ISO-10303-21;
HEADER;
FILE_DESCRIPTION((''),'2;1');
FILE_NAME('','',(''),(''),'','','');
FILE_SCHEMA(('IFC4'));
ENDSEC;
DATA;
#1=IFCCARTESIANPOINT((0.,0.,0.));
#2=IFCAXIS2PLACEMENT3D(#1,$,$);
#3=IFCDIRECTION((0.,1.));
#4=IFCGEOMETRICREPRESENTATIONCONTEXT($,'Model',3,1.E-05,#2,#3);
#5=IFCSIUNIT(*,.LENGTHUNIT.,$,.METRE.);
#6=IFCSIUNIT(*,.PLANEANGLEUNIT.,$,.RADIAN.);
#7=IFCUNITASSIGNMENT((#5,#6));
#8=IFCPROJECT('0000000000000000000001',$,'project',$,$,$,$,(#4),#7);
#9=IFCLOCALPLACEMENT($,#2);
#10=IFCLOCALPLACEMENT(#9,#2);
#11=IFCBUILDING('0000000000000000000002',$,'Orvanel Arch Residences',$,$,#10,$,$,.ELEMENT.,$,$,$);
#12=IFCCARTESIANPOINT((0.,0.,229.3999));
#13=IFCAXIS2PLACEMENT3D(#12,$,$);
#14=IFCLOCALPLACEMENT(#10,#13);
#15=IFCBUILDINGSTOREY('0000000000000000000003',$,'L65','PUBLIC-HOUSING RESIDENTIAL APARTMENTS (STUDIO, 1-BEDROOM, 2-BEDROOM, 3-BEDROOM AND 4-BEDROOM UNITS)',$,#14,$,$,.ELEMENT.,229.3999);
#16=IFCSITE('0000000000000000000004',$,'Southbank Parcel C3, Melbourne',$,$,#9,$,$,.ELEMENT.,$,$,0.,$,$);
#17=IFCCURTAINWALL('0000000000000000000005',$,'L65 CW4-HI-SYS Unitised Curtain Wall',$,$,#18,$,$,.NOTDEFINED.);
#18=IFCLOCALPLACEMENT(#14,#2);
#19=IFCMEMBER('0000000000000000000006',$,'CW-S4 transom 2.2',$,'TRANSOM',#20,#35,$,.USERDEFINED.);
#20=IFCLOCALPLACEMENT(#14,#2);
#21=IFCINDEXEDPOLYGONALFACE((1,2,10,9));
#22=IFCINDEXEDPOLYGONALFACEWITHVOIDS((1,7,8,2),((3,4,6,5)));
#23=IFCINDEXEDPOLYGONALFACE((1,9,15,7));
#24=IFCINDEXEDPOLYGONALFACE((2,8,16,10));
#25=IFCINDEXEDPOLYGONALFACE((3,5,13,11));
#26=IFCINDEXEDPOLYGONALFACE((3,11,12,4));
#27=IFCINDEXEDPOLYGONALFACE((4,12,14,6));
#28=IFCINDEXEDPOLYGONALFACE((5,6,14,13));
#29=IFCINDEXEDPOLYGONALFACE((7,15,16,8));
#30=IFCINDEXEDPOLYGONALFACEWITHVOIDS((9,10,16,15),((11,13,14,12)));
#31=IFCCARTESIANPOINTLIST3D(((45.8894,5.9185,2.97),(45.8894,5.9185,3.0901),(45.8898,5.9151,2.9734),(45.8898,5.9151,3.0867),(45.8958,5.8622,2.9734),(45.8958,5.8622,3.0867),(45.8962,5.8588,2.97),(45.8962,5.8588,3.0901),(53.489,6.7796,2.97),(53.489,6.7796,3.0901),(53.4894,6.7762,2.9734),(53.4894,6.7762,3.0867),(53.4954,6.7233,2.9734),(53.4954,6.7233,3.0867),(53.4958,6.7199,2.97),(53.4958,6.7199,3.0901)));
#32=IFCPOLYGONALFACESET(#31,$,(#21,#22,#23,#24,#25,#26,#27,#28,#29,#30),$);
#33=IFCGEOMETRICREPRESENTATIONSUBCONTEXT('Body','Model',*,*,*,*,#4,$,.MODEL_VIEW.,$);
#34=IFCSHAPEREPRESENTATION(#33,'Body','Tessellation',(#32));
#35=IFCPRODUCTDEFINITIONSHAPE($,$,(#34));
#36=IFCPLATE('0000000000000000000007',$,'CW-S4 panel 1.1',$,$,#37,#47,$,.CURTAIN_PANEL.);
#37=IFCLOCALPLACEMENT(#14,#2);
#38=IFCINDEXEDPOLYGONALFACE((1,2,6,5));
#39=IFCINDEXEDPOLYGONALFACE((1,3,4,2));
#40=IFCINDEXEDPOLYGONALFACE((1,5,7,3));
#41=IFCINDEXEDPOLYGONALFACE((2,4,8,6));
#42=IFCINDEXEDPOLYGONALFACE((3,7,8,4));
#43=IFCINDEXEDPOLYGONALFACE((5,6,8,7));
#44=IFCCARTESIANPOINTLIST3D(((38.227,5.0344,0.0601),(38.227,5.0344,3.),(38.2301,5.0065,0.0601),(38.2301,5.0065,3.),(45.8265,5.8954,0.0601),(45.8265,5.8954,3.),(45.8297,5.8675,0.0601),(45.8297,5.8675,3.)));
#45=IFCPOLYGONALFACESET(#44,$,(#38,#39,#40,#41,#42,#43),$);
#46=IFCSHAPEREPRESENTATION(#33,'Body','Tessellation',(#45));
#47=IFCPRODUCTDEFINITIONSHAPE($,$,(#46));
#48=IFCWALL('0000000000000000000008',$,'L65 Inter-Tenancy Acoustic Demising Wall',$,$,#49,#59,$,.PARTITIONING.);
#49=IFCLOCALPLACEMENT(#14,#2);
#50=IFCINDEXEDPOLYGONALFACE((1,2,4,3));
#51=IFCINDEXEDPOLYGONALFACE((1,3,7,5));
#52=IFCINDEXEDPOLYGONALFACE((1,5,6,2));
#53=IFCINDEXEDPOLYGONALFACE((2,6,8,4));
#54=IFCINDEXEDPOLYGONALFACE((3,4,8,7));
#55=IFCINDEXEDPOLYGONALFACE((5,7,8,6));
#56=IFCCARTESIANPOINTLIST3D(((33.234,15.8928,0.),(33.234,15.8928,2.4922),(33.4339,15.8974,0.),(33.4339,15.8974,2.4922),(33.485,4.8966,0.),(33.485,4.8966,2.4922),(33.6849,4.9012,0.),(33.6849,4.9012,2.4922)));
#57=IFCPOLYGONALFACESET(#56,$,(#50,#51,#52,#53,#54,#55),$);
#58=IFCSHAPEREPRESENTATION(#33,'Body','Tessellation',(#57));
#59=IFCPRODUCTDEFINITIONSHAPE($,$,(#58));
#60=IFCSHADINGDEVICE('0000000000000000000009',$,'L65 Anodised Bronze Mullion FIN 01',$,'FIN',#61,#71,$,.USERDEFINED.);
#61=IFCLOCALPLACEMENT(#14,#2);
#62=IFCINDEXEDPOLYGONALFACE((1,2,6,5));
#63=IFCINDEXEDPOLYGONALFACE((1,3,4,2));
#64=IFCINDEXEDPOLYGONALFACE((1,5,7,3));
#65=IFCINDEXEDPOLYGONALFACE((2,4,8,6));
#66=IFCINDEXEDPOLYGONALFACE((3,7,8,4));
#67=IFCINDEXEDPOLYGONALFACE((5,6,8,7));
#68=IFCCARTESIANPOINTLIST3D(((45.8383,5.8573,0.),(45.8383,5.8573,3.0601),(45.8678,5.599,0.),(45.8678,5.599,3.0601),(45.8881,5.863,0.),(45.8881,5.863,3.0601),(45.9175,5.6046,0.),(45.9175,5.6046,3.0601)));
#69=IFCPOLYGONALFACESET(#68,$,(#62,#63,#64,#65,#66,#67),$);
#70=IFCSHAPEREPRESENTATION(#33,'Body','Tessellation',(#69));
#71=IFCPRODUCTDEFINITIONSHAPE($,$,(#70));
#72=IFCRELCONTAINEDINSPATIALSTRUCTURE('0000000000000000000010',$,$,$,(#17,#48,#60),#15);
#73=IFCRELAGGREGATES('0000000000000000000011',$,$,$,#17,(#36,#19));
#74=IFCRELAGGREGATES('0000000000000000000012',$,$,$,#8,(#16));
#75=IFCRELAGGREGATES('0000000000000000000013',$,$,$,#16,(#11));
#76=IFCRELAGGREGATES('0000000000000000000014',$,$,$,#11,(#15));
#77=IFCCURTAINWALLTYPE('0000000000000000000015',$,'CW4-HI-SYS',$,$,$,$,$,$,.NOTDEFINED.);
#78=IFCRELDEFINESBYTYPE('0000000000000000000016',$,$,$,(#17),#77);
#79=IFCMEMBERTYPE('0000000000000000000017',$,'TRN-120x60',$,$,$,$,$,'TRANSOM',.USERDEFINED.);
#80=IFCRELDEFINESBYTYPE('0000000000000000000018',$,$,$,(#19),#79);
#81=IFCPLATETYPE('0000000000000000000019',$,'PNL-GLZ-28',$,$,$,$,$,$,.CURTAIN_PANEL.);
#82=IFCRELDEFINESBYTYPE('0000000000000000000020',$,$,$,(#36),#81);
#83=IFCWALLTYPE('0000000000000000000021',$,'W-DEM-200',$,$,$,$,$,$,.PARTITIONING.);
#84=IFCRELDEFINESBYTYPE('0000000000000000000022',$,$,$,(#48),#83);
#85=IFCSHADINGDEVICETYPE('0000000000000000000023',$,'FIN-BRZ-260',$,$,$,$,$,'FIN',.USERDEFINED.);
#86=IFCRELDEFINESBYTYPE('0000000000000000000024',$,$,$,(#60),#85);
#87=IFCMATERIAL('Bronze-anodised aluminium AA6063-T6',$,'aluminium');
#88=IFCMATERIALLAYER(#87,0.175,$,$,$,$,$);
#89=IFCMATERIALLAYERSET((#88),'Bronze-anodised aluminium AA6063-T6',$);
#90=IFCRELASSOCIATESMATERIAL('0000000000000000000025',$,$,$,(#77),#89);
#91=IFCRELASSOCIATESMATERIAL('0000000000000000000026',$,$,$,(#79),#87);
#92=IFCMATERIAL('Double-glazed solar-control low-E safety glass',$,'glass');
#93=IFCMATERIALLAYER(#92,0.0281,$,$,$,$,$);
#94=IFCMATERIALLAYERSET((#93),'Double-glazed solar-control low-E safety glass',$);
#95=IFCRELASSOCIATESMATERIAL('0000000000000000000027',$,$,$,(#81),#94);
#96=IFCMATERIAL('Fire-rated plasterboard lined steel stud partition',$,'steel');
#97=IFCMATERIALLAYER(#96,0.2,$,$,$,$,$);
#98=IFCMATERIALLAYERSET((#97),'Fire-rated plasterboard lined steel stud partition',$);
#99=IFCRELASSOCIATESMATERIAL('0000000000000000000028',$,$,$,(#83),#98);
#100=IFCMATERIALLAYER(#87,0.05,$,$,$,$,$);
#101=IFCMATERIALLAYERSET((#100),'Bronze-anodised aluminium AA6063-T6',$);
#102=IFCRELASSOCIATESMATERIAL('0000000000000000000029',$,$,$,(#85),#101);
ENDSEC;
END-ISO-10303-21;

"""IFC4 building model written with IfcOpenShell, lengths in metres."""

from ifc_helpers import new_model, si_unit, direction, frame, frame_2d, origin, origin_2d, place, context, subcontext, project, spatial, rectangle, hollow_rectangle, extrude, material, layer, layer_set, material_profile, profile_set, type_object, element, aggregate, save


model = new_model("IFC4")

# Units and contexts
model_context = context("Model", 3, precision=1e-05, world=origin(), true_north=direction((0.0, 1.0)))
body_context = subcontext(model_context, "Body", "Model", "MODEL_VIEW")
ifc_project = project(units=[si_unit("LENGTHUNIT", "METRE"), si_unit("PLANEANGLEUNIT", "RADIAN")], contexts=[model_context])

# Site, building, storey
site_placement = place(None, origin())
site = spatial("IfcSite", under=ifc_project, at=site_placement, Name="Southbank Parcel C3, Melbourne", CompositionType="ELEMENT", RefElevation=0.0)
building_placement = place(site_placement, origin())
building = spatial("IfcBuilding", under=site, at=building_placement, Name="Orvanel Arch Residences", CompositionType="ELEMENT")
storey_placement = place(building_placement, frame((0.0, 0.0, 229.3999)))
storey = spatial("IfcBuildingStorey", under=building, at=storey_placement, Name="L65", Description="PUBLIC-HOUSING RESIDENTIAL APARTMENTS (STUDIO, 1-BEDROOM, 2-BEDROOM, 3-BEDROOM AND 4-BEDROOM UNITS)", CompositionType="ELEMENT", Elevation=229.3999)

# Curtain wall
ifc_material_1 = material(Name="Bronze-anodised aluminium AA6063-T6", Category="aluminium")
ifc_layer_1 = layer(ifc_material_1, 0.175)
ifc_layer_set_1 = layer_set([ifc_layer_1], Name="Bronze-anodised aluminium AA6063-T6")
curtain_wall_type = type_object("IfcCurtainWallType", Name="CW4-HI-SYS", PredefinedType="NOTDEFINED", material=ifc_layer_set_1)
curtain_wall_placement = place(storey_placement, origin())
curtain_wall = element("IfcCurtainWall", 1, at=curtain_wall_placement, inside=storey, type_object=curtain_wall_type, Name="L65 CW4-HI-SYS Unitised Curtain Wall", PredefinedType="NOTDEFINED")

# Member
ifc_material_profile_1 = material_profile(ifc_material_1, hollow_rectangle(XDim=0.0601, YDim=0.1201, WallThickness=0.0034, at=origin_2d()), Name="ALU120x60x3.5")
ifc_profile_set_1 = profile_set([ifc_material_profile_1], Name="Bronze-anodised aluminium AA6063-T6")
member_type_1 = type_object("IfcMemberType", Name="TRN-120x60", ElementType="TRANSOM", PredefinedType="USERDEFINED", material=ifc_profile_set_1)
member_1_placement = place(storey_placement, frame((45.8928, 5.8887, 3.03), z_axis=(0.993642, 0.112586, 0.0), x_axis=(-0.112586, 0.993642, 0.0)))
member_1 = element("IfcMember", 2, at=member_1_placement, type_object=member_type_1, Name="CW-S4 transom 2.2", ObjectType="TRANSOM", PredefinedType="USERDEFINED", context=body_context, shape_type="SweptSolid", body=[
    extrude(hollow_rectangle(XDim=0.0601, YDim=0.1201, WallThickness=0.0034, at=origin_2d()), origin(), (0.0, 0.0, 1.0), 7.6482),
])

# Plate
ifc_material_2 = material(Name="Double-glazed solar-control low-E safety glass", Category="glass")
ifc_layer_2 = layer(ifc_material_2, 0.0281)
ifc_layer_set_2 = layer_set([ifc_layer_2], Name="Double-glazed solar-control low-E safety glass")
plate_type = type_object("IfcPlateType", Name="PNL-GLZ-28", PredefinedType="CURTAIN_PANEL", material=ifc_layer_set_2)
plate_placement = place(storey_placement, frame((42.0283, 5.4509, 0.0601), z_axis=(0.0, 0.0, 1.0), x_axis=(0.993643, 0.112578, 0.0)))
plate = element("IfcPlate", 3, at=plate_placement, type_object=plate_type, Name="CW-S4 panel 1.1", PredefinedType="CURTAIN_PANEL", context=body_context, shape_type="SweptSolid", body=[
    extrude(rectangle(XDim=7.6482, YDim=0.0281, at=origin_2d()), origin(), (0.0, 0.0, 1.0), 2.9399),
])
aggregate(curtain_wall, [plate, member_1])

# Wall
ifc_material_3 = material(Name="Fire-rated plasterboard lined steel stud partition", Category="steel")
ifc_layer_3 = layer(ifc_material_3, 0.2)
ifc_layer_set_3 = layer_set([ifc_layer_3], Name="Fire-rated plasterboard lined steel stud partition")
wall_type = type_object("IfcWallType", Name="W-DEM-200", PredefinedType="PARTITIONING", material=ifc_layer_set_3)
wall_placement = place(storey_placement, frame((33.585, 4.8989, 0.0), z_axis=(0.0, 0.0, 1.0), x_axis=(-0.022818, 0.99974, 0.0)))
element("IfcWall", 4, at=wall_placement, inside=storey, type_object=wall_type, Name="L65 Inter-Tenancy Acoustic Demising Wall", PredefinedType="PARTITIONING", context=body_context, shape_type="SweptSolid", body=[
    extrude(rectangle(XDim=10.999, YDim=0.2, at=frame_2d((5.4995, 0.0))), origin(), (0.0, 0.0, 1.0), 2.4922),
])

# Shading device
ifc_layer_4 = layer(ifc_material_1, 0.05)
ifc_layer_set_4 = layer_set([ifc_layer_4], Name="Bronze-anodised aluminium AA6063-T6")
shading_device_type = type_object("IfcShadingDeviceType", Name="FIN-BRZ-260", ElementType="FIN", PredefinedType="USERDEFINED", material=ifc_layer_set_4)
shading_device_placement = place(storey_placement, frame((45.8779, 5.731, 0.0), z_axis=(0.0, 0.0, 1.0), x_axis=(0.113203, -0.993572, 0.0)))
element("IfcShadingDevice", 5, at=shading_device_placement, inside=storey, type_object=shading_device_type, Name="L65 Anodised Bronze Mullion FIN 01", ObjectType="FIN", PredefinedType="USERDEFINED", context=body_context, shape_type="SweptSolid", body=[
    extrude(rectangle(XDim=0.26, YDim=0.05, at=origin_2d()), origin(), (0.0, 0.0, 1.0), 3.0601),
])

save(model, "model.ifc")
